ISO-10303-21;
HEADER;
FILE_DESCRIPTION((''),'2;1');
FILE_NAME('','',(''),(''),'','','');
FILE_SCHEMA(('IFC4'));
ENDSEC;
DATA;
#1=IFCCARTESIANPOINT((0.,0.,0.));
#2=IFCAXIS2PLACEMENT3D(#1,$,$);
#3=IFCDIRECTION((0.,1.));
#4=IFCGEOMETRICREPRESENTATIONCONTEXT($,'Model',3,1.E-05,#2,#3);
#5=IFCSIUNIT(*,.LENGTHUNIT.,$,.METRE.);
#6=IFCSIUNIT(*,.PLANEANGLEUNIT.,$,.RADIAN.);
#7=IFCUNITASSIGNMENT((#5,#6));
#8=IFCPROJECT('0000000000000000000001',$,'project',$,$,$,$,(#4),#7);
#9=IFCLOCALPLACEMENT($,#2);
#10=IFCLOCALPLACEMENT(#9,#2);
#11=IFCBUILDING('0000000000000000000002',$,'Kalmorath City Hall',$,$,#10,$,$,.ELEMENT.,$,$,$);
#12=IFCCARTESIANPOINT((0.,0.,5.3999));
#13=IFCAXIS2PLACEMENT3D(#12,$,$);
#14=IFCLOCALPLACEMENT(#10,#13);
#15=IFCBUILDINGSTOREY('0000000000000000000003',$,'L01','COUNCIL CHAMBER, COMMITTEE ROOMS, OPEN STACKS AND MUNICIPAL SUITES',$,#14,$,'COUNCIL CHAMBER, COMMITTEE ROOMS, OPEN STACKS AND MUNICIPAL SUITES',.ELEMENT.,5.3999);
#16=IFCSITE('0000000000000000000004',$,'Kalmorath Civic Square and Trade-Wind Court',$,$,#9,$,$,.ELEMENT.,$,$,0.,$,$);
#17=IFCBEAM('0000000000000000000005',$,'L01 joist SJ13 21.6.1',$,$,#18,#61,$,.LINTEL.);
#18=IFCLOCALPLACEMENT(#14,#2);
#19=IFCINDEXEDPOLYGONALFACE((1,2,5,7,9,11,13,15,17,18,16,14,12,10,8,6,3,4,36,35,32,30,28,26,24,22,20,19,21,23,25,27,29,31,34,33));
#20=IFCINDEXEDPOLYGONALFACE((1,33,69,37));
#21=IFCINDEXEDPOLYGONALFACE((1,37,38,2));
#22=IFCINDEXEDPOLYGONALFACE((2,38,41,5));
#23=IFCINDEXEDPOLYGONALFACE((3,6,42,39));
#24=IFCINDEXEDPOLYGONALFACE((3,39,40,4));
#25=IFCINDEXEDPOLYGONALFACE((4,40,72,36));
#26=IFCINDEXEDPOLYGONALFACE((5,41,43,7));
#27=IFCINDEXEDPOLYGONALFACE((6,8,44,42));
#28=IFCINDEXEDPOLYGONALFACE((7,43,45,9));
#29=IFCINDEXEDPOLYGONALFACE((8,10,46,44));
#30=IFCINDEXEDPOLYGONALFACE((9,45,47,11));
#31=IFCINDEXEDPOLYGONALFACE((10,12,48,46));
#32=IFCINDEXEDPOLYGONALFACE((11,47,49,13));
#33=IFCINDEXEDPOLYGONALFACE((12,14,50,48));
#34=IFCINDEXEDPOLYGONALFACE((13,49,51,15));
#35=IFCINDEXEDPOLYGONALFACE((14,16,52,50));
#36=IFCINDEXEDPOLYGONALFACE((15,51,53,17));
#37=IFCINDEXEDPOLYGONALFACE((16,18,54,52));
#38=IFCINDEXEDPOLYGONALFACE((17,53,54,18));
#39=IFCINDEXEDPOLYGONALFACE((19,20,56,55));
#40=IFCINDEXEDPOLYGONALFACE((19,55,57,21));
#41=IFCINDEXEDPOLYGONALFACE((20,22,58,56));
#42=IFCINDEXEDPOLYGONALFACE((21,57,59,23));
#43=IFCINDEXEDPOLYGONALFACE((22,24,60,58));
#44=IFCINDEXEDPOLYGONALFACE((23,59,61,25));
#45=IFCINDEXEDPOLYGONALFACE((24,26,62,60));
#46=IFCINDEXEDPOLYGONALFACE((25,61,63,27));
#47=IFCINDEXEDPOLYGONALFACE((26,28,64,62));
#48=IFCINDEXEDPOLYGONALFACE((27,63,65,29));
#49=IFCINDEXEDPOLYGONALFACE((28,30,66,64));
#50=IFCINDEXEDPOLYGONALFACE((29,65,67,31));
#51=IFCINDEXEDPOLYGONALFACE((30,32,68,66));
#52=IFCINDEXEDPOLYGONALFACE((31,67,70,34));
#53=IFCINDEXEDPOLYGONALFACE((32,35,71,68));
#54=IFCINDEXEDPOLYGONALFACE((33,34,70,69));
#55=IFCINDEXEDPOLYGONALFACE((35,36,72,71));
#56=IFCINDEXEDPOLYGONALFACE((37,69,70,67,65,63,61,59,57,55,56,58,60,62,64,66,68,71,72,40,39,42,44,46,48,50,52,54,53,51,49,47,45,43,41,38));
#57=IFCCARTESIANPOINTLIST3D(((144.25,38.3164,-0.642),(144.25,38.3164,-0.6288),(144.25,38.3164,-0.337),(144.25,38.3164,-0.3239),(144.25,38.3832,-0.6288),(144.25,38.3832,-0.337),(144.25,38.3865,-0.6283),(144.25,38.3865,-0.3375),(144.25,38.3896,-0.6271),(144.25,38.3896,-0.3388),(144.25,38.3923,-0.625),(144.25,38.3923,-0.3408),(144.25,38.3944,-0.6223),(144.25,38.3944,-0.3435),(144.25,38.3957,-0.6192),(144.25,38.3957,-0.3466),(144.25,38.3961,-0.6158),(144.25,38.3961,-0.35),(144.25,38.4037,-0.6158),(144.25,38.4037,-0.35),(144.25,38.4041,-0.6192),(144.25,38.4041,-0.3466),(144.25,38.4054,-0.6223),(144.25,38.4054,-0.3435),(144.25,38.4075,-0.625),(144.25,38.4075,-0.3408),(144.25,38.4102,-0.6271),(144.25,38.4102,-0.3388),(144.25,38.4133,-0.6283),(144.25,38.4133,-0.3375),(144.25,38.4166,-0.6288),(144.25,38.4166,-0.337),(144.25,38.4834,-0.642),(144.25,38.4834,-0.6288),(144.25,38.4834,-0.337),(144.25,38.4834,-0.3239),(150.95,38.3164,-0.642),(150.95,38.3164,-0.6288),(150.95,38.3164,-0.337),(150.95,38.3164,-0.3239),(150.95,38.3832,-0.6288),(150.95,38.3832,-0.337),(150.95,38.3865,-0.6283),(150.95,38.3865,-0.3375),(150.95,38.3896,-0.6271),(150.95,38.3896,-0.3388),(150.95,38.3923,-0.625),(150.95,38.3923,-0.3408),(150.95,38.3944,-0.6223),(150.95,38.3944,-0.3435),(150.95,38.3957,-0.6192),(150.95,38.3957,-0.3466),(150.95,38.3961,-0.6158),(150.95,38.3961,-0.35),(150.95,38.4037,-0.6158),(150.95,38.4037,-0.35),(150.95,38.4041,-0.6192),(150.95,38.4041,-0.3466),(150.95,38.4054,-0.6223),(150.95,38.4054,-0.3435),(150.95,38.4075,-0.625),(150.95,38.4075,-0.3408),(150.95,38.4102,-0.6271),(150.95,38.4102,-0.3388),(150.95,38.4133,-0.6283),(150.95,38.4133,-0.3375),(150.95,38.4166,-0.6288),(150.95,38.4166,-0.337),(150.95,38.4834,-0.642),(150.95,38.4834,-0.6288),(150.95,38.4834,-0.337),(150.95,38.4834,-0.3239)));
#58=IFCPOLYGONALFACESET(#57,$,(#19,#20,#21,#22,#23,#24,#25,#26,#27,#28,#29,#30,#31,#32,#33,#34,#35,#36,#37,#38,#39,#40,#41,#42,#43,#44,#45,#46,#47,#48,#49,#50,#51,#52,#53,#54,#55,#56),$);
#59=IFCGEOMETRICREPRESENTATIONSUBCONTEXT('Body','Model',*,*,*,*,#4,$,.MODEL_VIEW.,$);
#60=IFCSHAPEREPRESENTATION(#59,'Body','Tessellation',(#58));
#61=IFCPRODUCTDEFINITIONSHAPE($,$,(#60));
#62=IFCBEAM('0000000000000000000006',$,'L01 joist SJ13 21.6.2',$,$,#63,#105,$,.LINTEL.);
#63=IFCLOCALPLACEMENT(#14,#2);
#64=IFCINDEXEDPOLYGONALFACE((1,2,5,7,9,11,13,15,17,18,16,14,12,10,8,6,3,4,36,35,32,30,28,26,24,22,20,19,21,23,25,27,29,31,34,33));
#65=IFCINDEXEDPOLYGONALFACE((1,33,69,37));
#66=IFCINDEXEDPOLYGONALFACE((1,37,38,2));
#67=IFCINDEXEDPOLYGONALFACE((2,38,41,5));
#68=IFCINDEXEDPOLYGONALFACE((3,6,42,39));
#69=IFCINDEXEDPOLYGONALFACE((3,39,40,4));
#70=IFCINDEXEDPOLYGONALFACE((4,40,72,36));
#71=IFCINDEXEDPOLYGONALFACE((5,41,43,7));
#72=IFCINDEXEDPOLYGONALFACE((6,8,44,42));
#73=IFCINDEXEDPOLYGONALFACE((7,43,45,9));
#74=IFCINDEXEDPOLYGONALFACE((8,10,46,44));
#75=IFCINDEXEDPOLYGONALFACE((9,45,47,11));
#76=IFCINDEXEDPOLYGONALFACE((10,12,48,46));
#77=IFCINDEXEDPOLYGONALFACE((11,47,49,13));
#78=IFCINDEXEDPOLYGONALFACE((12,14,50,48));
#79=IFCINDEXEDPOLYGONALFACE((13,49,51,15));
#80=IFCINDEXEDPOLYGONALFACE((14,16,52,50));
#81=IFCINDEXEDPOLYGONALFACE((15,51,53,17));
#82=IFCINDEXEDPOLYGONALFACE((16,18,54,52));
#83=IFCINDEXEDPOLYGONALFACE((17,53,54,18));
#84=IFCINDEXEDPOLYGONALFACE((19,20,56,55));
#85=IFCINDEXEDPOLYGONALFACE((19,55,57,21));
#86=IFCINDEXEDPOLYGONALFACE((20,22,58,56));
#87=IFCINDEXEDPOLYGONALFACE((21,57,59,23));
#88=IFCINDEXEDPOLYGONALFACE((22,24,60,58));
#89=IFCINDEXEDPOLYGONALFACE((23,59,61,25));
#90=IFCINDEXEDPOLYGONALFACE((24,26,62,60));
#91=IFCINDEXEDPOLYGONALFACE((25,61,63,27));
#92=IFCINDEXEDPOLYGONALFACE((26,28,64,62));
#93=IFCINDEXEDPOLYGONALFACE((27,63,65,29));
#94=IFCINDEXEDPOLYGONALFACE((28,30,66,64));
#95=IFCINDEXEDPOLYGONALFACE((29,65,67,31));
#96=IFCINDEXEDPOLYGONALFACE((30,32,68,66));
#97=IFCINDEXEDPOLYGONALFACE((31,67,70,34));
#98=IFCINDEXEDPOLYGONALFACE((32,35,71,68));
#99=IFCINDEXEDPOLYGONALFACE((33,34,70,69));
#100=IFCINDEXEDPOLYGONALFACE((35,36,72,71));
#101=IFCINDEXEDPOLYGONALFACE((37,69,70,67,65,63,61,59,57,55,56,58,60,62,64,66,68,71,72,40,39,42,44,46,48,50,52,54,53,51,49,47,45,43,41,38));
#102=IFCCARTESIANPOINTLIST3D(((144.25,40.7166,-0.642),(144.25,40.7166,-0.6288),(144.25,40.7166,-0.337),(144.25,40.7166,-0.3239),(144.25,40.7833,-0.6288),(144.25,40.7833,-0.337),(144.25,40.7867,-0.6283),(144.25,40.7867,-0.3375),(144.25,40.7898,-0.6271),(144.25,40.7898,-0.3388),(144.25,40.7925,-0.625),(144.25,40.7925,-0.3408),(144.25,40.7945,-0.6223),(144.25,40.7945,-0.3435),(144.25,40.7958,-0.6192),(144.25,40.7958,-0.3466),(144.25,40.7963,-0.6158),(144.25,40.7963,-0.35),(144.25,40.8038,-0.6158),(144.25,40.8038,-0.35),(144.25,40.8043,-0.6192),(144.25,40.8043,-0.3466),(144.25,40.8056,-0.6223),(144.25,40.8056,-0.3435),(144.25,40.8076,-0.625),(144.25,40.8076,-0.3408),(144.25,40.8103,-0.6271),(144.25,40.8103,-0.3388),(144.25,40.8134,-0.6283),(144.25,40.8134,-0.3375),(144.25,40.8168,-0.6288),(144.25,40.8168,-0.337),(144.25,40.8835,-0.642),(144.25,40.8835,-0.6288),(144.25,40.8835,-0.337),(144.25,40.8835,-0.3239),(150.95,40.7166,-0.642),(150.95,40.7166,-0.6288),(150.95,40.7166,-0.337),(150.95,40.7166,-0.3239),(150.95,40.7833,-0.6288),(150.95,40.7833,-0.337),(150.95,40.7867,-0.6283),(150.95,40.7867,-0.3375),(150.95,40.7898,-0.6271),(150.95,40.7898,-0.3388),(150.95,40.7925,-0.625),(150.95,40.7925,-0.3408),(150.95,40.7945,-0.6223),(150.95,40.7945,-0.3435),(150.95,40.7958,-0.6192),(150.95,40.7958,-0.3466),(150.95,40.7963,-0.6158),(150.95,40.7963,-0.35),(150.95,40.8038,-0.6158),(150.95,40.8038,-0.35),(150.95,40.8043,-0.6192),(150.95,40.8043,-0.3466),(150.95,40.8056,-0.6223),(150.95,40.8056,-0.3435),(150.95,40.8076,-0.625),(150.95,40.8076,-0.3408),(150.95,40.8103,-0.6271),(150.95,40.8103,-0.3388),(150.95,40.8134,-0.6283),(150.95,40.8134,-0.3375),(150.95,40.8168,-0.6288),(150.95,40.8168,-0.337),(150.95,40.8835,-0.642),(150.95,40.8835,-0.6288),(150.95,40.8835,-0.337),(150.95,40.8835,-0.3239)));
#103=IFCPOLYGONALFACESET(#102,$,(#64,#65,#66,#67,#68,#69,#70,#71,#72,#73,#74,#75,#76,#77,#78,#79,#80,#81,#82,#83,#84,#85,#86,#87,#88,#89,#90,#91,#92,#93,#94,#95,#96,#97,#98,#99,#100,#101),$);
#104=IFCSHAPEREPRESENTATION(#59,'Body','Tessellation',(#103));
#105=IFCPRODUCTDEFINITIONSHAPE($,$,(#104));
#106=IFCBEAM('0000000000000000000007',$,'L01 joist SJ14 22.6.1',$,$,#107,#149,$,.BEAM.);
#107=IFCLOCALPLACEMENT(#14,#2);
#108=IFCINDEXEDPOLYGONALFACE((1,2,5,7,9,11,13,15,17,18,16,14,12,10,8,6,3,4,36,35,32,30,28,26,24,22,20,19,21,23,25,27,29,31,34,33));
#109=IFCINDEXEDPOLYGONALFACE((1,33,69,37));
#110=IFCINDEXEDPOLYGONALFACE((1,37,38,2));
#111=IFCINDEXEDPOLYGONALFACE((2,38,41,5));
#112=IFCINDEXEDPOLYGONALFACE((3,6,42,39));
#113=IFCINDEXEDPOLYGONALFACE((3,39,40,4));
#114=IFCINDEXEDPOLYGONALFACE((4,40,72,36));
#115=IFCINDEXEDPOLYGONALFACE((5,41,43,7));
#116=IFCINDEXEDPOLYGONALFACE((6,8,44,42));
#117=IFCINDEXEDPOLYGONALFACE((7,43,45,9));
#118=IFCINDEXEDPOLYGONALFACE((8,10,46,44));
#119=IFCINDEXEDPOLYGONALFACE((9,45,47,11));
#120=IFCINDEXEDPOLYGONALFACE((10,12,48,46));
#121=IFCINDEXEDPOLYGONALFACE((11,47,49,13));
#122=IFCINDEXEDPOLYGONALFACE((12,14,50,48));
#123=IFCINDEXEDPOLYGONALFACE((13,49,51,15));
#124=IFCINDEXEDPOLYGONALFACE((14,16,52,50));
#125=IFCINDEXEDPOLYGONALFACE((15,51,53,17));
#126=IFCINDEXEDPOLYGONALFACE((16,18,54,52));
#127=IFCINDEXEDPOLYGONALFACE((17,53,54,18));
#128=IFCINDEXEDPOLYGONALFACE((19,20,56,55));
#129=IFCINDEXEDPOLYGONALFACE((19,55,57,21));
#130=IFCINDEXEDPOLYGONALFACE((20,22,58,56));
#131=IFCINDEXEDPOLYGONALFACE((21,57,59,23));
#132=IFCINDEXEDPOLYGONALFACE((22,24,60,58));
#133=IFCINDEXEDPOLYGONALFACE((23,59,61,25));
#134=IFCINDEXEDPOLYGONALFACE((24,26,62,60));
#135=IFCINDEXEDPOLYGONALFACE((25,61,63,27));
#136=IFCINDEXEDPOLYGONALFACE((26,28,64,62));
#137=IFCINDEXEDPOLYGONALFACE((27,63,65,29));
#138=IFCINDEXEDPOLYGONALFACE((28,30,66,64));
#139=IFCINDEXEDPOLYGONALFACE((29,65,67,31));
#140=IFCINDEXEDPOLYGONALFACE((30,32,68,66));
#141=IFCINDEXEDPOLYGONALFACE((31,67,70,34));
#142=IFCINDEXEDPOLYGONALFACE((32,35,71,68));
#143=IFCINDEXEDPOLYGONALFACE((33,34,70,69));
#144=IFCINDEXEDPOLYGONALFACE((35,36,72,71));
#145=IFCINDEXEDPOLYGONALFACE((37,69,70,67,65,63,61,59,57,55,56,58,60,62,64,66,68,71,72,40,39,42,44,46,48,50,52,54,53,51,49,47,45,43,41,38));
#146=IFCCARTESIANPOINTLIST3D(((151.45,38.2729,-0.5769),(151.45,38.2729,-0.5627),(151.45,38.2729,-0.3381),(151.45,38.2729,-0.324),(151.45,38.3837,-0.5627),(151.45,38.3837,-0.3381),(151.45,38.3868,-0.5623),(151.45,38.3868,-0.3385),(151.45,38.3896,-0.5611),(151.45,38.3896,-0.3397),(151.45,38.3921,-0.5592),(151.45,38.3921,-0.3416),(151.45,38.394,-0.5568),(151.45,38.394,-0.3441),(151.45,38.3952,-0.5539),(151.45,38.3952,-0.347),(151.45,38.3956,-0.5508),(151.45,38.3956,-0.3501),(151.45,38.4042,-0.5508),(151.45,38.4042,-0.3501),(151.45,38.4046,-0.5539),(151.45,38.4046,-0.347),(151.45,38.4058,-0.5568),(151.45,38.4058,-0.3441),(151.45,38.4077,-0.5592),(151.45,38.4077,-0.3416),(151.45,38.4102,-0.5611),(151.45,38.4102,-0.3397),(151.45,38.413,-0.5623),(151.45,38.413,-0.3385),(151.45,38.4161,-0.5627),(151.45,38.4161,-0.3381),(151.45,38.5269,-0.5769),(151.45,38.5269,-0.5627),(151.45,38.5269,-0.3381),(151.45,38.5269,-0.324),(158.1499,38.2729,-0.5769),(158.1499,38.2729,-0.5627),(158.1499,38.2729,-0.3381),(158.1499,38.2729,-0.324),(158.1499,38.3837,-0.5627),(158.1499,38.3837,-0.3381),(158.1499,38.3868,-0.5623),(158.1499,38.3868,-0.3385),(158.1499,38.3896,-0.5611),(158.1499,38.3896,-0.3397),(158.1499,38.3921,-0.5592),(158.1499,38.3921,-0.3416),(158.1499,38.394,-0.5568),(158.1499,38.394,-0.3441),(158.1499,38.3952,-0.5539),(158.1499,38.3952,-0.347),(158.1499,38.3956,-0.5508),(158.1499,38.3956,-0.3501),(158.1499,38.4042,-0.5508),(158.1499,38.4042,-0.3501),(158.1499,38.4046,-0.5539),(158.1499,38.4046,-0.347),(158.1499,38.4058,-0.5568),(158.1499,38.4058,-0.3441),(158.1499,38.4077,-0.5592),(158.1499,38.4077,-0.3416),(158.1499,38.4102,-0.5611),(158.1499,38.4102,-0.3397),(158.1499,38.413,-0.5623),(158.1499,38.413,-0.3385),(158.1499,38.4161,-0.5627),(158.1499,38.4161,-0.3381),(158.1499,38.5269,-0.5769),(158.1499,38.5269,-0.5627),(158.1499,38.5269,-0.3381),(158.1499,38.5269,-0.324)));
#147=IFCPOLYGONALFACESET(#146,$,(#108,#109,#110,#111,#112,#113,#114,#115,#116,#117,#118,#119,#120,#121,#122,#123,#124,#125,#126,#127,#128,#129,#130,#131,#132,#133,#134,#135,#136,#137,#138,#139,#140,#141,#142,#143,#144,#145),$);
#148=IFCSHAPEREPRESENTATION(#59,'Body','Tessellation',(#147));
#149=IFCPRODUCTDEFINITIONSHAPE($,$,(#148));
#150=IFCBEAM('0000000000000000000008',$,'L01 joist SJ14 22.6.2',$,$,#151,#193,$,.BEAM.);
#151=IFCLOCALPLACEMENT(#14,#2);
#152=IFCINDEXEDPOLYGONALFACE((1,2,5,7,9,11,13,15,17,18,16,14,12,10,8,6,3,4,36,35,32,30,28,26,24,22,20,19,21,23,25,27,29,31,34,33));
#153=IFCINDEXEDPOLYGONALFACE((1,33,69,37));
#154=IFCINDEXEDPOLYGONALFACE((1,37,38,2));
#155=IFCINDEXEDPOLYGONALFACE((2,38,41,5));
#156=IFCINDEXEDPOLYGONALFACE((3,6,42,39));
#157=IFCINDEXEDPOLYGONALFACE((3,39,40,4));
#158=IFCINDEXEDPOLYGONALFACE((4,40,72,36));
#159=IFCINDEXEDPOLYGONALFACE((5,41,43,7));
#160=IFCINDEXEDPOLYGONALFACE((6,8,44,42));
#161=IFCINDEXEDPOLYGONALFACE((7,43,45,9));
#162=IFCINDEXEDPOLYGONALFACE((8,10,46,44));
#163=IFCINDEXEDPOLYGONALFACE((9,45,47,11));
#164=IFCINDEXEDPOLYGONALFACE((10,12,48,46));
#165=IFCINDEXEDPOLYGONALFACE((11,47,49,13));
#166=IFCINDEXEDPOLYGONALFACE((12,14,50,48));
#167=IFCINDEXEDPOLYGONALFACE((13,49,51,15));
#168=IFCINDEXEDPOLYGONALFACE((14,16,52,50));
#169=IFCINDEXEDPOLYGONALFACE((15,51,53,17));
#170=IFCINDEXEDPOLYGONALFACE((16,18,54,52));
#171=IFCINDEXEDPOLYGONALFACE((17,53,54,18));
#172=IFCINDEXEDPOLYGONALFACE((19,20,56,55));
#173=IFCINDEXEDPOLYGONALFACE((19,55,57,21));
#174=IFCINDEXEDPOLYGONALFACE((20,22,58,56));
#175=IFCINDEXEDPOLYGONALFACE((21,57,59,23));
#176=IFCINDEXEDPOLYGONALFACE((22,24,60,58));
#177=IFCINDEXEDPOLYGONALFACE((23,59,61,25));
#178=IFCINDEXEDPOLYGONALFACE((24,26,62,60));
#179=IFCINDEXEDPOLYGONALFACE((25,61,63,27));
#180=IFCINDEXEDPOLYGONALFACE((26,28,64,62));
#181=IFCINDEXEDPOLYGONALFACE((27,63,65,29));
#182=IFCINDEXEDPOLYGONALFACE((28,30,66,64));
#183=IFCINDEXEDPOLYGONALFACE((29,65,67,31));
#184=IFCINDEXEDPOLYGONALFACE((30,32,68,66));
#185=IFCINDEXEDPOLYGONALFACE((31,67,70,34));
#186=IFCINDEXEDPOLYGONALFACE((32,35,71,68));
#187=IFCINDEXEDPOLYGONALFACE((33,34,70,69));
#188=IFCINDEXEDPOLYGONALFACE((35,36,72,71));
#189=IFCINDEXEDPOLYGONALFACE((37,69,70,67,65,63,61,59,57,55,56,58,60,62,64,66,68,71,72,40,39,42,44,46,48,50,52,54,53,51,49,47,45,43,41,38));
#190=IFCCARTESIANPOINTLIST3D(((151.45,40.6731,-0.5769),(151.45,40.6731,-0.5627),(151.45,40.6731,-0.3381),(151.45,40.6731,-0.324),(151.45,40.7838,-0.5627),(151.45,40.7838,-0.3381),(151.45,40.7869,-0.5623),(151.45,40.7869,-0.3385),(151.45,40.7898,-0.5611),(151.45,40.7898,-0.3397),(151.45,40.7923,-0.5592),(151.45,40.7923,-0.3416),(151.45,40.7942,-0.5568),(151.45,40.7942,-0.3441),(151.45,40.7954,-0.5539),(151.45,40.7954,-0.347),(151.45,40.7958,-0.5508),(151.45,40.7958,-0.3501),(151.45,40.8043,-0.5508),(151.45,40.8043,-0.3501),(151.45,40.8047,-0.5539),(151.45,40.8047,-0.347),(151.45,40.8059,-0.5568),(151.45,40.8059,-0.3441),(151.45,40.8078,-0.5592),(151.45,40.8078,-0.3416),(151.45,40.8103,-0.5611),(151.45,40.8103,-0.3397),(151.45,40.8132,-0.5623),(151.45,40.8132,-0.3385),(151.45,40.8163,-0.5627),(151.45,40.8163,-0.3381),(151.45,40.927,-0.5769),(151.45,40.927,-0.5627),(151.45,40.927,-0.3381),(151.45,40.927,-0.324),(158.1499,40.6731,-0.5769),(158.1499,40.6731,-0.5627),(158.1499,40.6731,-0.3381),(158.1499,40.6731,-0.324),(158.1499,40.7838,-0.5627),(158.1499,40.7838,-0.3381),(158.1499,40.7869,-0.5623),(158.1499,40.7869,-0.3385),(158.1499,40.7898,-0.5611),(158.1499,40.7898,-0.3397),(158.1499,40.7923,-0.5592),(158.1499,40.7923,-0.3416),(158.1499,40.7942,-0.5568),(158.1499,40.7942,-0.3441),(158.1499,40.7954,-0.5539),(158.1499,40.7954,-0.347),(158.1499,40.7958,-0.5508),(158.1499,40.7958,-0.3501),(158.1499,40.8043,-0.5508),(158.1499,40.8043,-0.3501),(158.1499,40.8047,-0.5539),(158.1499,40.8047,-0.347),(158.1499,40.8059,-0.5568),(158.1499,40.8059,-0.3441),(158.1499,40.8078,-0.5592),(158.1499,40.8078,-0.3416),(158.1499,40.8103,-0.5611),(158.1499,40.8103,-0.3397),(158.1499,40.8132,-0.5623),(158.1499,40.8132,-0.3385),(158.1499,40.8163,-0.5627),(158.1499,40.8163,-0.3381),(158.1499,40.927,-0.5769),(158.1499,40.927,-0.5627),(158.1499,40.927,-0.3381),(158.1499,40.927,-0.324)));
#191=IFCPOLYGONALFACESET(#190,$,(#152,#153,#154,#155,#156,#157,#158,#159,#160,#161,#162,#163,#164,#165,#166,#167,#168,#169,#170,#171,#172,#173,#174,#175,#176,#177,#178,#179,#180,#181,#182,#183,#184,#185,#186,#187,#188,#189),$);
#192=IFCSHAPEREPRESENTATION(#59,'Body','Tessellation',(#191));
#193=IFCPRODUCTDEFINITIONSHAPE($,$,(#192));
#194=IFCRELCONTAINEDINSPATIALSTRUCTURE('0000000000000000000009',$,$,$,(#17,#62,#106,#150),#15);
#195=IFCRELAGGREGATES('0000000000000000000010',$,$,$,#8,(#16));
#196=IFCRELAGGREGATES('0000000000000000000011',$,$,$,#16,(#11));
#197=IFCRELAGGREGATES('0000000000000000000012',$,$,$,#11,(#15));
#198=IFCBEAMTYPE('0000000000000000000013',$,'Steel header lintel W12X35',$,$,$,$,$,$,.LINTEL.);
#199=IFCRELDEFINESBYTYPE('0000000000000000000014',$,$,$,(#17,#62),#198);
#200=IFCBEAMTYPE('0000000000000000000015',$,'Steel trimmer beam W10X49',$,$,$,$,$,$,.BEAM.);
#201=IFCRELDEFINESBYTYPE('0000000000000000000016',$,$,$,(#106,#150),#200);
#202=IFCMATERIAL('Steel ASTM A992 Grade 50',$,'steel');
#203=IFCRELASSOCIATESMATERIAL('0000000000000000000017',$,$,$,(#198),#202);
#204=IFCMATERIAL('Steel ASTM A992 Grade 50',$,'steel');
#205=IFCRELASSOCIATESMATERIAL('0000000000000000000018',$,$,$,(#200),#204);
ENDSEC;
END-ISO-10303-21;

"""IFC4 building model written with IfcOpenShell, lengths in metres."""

from ifc_helpers import new_model, si_unit, direction, frame, origin, origin_2d, place, context, subcontext, project, spatial, i_section, extrude, material, material_profile, profile_set, type_object, element, save


model = new_model("IFC4")

# Units and contexts
model_context = context("Model", 3, precision=1e-05, world=origin(), true_north=direction((0.0, 1.0)))
body_context = subcontext(model_context, "Body", "Model", "MODEL_VIEW")
ifc_project = project(units=[si_unit("LENGTHUNIT", "METRE"), si_unit("PLANEANGLEUNIT", "RADIAN")], contexts=[model_context])

# Site, building, storey
site_placement = place(None, origin())
site = spatial("IfcSite", under=ifc_project, at=site_placement, Name="Kalmorath Civic Square and Trade-Wind Court", CompositionType="ELEMENT", RefElevation=0.0)
building_placement = place(site_placement, origin())
building = spatial("IfcBuilding", under=site, at=building_placement, Name="Kalmorath City Hall", CompositionType="ELEMENT")
storey_placement = place(building_placement, frame((0.0, 0.0, 5.3999)))
storey = spatial("IfcBuildingStorey", under=building, at=storey_placement, Name="L01", Description="COUNCIL CHAMBER, COMMITTEE ROOMS, OPEN STACKS AND MUNICIPAL SUITES", LongName="COUNCIL CHAMBER, COMMITTEE ROOMS, OPEN STACKS AND MUNICIPAL SUITES", CompositionType="ELEMENT", Elevation=5.3999)

# Beams
ifc_material_1 = material(Name="Steel ASTM A992 Grade 50", Category="steel")
ifc_material_profile_1 = material_profile(ifc_material_1, i_section(OverallWidth=0.167, OverallDepth=0.3181, WebThickness=0.0076, FlangeThickness=0.0132, FilletRadius=0.0129, at=origin_2d()), Name="W12X35")
ifc_profile_set_1 = profile_set([ifc_material_profile_1], Name="Steel ASTM A992 Grade 50")
beam_type_1 = type_object("IfcBeamType", Name="Steel header lintel W12X35", PredefinedType="LINTEL", material=ifc_profile_set_1)
for number, where, z_axis, x_axis, name in (
    (1, (144.25, 38.3999, -0.4829), (1.0, 0.0, 0.0), (0.0, 1.0, 0.0), "L01 joist SJ13 21.6.1"),
    (2, (144.25, 40.8, -0.4829), (1.0, 0.0, 0.0), (0.0, 1.0, 0.0), "L01 joist SJ13 21.6.2"),
):
    element("IfcBeam", number, at=place(storey_placement, frame(where, z_axis=z_axis, x_axis=x_axis)), inside=storey, type_object=beam_type_1, Name=name, PredefinedType="LINTEL", context=body_context, shape_type="SweptSolid", body=[
        extrude(i_section(OverallWidth=0.167, OverallDepth=0.3181, WebThickness=0.0076, FlangeThickness=0.0132, FilletRadius=0.0129, at=origin_2d()), origin(), (0.0, 0.0, 1.0), 6.7),
    ])
ifc_material_2 = material(Name="Steel ASTM A992 Grade 50", Category="steel")
ifc_material_profile_2 = material_profile(ifc_material_2, i_section(OverallWidth=0.2539, OverallDepth=0.2529, WebThickness=0.0085, FlangeThickness=0.0142, FilletRadius=0.012, at=origin_2d()), Name="W10X49")
ifc_profile_set_2 = profile_set([ifc_material_profile_2], Name="Steel ASTM A992 Grade 50")
beam_type_2 = type_object("IfcBeamType", Name="Steel trimmer beam W10X49", PredefinedType="BEAM", material=ifc_profile_set_2)
for number, where, z_axis, x_axis, name in (
    (3, (151.45, 38.3999, -0.4504), (1.0, 0.0, 0.0), (0.0, 1.0, 0.0), "L01 joist SJ14 22.6.1"),
    (4, (151.45, 40.8, -0.4504), (1.0, 0.0, 0.0), (0.0, 1.0, 0.0), "L01 joist SJ14 22.6.2"),
):
    element("IfcBeam", number, at=place(storey_placement, frame(where, z_axis=z_axis, x_axis=x_axis)), inside=storey, type_object=beam_type_2, Name=name, PredefinedType="BEAM", context=body_context, shape_type="SweptSolid", body=[
        extrude(i_section(OverallWidth=0.2539, OverallDepth=0.2529, WebThickness=0.0085, FlangeThickness=0.0142, FilletRadius=0.012, at=origin_2d()), origin(), (0.0, 0.0, 1.0), 6.7),
    ])

save(model, "model.ifc")
